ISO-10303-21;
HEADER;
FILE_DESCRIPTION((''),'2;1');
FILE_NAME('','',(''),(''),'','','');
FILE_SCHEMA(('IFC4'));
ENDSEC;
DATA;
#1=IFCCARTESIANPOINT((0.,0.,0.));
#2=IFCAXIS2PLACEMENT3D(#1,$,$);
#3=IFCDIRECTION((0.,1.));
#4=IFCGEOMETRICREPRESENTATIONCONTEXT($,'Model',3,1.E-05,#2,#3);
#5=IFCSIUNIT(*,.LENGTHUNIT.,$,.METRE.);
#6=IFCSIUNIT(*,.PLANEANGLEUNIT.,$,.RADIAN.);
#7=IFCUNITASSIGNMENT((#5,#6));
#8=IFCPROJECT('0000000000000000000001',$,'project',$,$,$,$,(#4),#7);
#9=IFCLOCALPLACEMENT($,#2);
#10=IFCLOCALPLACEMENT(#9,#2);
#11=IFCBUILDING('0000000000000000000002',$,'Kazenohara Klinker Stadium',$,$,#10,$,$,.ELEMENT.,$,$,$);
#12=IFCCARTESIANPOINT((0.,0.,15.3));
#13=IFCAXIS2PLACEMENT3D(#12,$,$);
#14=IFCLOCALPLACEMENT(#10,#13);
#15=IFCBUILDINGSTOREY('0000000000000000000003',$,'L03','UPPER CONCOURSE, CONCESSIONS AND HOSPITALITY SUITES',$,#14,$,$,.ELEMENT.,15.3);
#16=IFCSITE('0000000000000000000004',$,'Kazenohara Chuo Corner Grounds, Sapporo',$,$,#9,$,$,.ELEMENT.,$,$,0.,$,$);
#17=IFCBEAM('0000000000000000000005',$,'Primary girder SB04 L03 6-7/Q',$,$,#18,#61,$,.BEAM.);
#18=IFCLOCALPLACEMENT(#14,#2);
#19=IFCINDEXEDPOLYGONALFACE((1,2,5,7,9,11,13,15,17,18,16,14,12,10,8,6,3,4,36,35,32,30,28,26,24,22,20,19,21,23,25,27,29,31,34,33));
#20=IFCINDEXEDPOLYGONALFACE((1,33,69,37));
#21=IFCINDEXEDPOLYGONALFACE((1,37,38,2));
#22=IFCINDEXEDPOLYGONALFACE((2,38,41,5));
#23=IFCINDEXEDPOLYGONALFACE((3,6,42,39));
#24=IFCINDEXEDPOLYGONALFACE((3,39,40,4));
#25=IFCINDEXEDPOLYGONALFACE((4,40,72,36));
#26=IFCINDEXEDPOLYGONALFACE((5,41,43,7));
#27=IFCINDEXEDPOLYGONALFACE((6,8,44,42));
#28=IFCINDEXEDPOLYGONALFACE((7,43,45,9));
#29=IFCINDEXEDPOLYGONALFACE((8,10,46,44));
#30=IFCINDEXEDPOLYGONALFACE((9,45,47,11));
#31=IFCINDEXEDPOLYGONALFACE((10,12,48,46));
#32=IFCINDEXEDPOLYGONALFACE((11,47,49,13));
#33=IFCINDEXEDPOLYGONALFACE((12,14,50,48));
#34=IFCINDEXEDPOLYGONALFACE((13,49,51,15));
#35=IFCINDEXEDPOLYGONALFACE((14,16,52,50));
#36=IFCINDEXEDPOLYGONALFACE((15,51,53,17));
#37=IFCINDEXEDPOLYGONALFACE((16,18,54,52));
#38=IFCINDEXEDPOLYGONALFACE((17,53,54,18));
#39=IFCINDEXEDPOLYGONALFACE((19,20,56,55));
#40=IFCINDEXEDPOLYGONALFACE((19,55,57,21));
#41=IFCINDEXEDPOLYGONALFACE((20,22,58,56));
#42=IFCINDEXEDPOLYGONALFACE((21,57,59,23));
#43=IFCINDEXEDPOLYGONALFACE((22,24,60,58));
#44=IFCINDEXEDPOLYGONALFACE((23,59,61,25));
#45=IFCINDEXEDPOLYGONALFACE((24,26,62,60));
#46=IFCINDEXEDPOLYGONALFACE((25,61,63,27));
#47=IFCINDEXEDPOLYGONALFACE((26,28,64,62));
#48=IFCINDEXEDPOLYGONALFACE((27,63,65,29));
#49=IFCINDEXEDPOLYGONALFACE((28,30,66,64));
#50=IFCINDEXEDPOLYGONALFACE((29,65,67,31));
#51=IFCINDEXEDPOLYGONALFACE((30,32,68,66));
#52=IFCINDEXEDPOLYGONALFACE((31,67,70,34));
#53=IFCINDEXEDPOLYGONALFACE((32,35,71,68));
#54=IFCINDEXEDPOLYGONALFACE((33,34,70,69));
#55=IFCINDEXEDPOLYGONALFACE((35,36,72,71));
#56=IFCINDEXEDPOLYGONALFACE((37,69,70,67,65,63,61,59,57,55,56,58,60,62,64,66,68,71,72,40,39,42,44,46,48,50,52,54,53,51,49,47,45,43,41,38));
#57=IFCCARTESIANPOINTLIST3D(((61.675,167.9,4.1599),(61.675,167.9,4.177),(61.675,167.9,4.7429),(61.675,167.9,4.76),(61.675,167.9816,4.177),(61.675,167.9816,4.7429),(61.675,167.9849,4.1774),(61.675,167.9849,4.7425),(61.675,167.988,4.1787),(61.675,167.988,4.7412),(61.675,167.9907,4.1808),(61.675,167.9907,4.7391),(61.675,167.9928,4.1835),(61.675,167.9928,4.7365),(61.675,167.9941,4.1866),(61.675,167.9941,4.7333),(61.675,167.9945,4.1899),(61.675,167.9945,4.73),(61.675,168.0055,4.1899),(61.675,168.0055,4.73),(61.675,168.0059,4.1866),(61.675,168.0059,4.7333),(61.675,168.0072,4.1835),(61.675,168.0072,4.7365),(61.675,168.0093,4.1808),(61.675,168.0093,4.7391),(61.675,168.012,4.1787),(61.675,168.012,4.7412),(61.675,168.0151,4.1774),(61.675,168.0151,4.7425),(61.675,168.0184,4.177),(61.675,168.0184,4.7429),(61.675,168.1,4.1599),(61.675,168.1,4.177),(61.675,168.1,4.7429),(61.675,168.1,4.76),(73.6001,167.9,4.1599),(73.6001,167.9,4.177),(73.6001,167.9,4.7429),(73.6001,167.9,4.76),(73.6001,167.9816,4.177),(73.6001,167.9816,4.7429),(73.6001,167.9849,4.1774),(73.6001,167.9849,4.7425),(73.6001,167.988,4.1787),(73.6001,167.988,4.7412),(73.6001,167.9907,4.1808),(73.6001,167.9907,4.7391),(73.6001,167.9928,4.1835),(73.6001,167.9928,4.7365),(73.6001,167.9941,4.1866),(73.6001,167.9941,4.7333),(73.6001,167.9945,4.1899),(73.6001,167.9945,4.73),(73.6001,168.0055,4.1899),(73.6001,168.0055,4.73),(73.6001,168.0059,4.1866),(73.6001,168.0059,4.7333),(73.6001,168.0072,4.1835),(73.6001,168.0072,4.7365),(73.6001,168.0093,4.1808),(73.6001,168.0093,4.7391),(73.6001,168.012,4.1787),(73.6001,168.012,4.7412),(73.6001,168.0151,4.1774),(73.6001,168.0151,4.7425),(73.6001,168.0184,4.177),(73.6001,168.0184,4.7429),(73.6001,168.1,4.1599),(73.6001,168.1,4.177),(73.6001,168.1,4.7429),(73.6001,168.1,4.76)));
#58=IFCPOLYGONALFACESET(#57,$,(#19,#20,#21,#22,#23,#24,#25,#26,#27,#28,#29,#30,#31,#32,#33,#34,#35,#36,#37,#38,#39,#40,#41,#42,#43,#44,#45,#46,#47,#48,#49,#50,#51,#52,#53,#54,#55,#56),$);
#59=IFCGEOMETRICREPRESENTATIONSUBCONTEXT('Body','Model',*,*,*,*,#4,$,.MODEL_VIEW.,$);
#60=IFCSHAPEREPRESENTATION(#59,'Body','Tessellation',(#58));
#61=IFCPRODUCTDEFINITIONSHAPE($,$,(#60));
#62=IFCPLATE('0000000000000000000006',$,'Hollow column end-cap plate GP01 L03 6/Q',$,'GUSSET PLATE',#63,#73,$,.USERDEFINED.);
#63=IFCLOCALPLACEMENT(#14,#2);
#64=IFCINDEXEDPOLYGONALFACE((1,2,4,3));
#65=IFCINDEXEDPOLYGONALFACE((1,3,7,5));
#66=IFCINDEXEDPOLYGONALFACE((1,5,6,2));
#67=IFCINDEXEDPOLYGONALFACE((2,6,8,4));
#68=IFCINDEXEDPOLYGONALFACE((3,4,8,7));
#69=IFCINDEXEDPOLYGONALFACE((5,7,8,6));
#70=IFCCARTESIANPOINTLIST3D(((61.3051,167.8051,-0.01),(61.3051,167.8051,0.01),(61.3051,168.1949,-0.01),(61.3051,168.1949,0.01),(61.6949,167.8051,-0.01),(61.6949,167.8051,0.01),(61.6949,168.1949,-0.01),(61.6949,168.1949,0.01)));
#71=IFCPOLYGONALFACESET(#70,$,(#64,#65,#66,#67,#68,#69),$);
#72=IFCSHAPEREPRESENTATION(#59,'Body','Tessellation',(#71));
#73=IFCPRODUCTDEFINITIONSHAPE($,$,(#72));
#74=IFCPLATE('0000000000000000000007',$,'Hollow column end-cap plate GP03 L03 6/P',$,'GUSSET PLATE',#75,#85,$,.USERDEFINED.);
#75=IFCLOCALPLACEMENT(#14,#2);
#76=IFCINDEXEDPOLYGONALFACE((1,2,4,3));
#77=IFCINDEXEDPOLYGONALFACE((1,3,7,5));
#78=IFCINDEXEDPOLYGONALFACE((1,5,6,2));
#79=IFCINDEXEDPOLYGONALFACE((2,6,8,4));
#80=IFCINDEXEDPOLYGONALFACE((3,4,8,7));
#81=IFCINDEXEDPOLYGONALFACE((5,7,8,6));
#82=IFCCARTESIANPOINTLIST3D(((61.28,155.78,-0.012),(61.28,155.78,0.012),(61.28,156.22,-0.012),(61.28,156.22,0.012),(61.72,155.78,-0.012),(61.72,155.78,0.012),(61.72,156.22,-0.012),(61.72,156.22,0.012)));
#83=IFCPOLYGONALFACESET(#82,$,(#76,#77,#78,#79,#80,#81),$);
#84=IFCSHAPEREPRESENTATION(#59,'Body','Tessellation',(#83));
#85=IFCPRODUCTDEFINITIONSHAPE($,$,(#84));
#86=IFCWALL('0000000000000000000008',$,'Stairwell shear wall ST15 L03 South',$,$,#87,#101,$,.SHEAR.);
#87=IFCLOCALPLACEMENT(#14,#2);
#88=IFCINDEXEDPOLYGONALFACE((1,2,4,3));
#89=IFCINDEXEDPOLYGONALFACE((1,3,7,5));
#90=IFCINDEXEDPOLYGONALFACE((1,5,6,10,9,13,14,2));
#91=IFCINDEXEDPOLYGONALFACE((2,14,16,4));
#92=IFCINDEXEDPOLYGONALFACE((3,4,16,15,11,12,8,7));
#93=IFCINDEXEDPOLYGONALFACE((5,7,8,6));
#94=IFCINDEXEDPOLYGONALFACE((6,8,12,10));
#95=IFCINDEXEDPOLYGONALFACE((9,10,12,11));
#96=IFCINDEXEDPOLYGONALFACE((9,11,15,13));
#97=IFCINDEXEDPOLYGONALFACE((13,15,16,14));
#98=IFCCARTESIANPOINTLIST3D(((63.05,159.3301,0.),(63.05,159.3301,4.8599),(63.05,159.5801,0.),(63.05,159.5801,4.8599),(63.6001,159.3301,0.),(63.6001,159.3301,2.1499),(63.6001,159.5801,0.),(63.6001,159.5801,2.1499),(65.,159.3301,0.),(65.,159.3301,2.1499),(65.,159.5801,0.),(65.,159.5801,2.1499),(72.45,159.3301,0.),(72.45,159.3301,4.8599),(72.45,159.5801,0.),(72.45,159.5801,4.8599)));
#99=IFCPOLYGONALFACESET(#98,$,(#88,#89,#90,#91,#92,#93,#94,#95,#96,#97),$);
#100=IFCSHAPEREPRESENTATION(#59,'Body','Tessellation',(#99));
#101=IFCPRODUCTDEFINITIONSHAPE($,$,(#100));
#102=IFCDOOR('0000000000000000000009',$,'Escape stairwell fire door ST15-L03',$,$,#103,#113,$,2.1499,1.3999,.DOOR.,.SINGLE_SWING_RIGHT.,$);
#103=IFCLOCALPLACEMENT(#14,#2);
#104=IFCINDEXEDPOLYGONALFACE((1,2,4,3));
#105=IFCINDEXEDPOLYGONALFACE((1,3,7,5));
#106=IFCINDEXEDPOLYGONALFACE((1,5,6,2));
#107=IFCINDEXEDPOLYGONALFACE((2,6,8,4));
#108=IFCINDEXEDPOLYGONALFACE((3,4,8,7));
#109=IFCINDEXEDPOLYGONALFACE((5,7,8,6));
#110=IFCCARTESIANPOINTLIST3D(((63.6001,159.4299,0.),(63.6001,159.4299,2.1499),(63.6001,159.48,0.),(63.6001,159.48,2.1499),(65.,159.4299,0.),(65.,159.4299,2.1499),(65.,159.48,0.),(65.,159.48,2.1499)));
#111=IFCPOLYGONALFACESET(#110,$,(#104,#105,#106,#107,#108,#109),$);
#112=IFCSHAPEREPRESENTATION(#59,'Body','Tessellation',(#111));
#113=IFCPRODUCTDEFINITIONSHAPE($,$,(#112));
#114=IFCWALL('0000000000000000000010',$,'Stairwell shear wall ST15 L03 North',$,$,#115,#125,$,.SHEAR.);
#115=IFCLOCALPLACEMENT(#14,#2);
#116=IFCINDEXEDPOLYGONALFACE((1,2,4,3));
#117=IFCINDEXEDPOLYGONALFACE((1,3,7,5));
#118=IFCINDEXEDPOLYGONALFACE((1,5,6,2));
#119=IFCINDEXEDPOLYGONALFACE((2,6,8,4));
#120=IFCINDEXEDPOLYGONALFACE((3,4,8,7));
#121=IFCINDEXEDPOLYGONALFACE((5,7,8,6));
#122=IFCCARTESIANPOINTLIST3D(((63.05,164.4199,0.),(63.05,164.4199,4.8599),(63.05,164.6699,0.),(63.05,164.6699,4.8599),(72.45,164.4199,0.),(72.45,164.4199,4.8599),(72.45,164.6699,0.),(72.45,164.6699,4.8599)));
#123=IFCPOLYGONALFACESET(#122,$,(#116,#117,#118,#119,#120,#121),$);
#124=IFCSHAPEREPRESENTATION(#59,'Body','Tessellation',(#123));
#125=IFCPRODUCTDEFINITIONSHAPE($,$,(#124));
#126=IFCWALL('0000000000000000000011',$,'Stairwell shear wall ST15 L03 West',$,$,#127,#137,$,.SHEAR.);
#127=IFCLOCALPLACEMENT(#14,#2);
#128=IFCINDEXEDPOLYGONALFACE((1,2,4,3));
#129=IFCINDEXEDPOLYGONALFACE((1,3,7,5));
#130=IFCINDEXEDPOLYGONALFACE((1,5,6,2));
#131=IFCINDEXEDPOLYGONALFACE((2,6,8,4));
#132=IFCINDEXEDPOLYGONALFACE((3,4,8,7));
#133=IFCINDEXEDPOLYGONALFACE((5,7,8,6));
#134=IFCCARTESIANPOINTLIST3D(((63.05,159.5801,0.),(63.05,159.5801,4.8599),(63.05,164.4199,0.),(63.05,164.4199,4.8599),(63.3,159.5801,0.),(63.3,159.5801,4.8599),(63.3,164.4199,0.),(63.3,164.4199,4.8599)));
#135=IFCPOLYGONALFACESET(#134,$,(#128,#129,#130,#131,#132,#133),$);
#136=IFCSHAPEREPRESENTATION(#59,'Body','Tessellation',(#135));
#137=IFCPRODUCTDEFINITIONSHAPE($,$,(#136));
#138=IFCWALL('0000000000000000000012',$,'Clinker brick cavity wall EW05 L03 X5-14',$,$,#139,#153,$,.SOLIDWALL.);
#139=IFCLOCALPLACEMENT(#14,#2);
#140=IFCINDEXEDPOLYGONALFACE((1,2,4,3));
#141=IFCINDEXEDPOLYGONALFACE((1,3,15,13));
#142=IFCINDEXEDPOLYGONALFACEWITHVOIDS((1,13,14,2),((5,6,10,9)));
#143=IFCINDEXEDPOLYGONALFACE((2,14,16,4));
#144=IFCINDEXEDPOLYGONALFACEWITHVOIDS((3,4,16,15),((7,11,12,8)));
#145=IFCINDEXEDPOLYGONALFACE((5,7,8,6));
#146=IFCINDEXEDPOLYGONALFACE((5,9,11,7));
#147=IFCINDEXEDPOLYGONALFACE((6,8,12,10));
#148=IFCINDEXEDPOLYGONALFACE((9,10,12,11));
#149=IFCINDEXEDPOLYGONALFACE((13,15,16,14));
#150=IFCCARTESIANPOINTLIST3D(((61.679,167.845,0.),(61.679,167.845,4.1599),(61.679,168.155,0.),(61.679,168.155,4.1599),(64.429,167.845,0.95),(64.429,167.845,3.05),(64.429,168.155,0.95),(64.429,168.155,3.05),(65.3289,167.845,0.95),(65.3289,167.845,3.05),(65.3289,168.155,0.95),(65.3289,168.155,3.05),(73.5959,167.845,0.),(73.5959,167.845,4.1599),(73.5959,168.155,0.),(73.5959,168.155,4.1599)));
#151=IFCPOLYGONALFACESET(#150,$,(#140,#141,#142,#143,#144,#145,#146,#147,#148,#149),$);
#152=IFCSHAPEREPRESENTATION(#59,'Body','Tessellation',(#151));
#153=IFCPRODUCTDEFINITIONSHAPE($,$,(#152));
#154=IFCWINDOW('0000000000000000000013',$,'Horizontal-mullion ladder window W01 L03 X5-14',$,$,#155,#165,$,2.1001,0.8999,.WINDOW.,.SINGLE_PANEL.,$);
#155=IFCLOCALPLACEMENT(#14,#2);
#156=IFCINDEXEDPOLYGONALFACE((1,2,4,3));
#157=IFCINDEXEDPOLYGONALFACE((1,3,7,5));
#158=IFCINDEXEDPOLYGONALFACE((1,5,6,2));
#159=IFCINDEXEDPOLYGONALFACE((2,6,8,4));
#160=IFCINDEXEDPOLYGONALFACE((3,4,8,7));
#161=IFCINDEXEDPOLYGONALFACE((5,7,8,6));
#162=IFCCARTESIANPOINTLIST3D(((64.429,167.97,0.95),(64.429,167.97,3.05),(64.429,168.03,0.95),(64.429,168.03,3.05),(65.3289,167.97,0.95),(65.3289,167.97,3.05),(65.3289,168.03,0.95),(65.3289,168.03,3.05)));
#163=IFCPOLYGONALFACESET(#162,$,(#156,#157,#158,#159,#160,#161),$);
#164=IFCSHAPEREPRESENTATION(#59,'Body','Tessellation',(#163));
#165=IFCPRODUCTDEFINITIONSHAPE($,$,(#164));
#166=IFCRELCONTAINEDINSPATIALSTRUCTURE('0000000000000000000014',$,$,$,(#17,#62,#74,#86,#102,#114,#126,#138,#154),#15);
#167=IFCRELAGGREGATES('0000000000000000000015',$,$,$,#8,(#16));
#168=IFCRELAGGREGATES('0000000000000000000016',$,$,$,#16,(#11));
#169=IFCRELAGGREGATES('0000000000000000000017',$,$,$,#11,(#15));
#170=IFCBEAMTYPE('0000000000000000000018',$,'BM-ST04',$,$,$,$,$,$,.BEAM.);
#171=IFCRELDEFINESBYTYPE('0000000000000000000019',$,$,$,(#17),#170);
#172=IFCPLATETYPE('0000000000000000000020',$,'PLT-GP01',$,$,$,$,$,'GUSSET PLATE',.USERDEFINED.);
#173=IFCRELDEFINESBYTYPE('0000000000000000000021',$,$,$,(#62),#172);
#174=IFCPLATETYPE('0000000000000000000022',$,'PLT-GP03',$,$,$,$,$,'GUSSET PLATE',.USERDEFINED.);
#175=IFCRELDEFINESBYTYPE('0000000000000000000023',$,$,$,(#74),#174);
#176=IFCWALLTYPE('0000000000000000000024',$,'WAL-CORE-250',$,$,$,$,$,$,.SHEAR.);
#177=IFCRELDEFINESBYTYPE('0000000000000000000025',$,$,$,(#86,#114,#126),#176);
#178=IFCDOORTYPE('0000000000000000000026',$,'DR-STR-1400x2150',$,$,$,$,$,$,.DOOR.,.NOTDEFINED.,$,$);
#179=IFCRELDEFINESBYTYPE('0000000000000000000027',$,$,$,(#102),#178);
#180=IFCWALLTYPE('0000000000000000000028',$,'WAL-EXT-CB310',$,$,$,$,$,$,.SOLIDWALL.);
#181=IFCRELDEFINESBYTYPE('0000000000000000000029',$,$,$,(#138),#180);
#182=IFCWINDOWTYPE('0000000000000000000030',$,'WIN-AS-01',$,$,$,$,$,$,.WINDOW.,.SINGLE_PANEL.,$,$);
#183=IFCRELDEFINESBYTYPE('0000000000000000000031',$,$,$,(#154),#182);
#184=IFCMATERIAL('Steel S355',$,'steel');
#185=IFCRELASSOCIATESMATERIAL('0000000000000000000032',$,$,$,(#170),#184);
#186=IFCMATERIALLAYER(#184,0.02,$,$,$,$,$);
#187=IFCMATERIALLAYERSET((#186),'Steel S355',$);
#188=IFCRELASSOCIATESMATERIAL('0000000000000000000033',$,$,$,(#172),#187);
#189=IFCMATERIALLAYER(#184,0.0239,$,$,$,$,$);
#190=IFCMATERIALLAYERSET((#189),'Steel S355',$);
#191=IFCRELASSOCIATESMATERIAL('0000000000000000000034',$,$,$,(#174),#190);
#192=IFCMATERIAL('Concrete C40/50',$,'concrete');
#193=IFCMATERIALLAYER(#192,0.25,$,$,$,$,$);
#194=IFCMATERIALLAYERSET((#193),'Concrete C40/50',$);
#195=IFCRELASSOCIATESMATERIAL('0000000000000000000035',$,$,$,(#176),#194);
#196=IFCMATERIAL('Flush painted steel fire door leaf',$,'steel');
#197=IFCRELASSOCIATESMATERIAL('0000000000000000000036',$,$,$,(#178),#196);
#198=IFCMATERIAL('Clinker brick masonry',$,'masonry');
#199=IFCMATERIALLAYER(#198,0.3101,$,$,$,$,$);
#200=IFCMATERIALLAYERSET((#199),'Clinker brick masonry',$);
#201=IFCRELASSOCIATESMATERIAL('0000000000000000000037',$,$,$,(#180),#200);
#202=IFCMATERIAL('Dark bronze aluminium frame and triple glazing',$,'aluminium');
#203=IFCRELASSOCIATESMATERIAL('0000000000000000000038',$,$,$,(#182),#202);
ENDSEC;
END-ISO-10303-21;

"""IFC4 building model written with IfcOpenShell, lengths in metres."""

from ifc_helpers import new_model, si_unit, direction, frame, frame_2d, origin, origin_2d, place, context, subcontext, project, spatial, rectangle, i_section, extrude, material, layer, layer_set, material_profile, profile_set, type_object, element, fill, save


model = new_model("IFC4")

# Units and contexts
model_context = context("Model", 3, precision=1e-05, world=origin(), true_north=direction((0.0, 1.0)))
body_context = subcontext(model_context, "Body", "Model", "MODEL_VIEW")
ifc_project = project(units=[si_unit("LENGTHUNIT", "METRE"), si_unit("PLANEANGLEUNIT", "RADIAN")], contexts=[model_context])

# Site, building, storey
site_placement = place(None, origin())
site = spatial("IfcSite", under=ifc_project, at=site_placement, Name="Kazenohara Chuo Corner Grounds, Sapporo", CompositionType="ELEMENT", RefElevation=0.0)
building_placement = place(site_placement, origin())
building = spatial("IfcBuilding", under=site, at=building_placement, Name="Kazenohara Klinker Stadium", CompositionType="ELEMENT")
storey_placement = place(building_placement, frame((0.0, 0.0, 15.3)))
storey = spatial("IfcBuildingStorey", under=building, at=storey_placement, Name="L03", Description="UPPER CONCOURSE, CONCESSIONS AND HOSPITALITY SUITES", CompositionType="ELEMENT", Elevation=15.3)

# Shared definitions
ifc_material_1 = material(Name="Steel S355", Category="steel")
ifc_material_2 = material(Name="Concrete C40/50", Category="concrete")

# Beam
ifc_material_profile_1 = material_profile(ifc_material_1, i_section(OverallWidth=0.2, OverallDepth=0.6001, WebThickness=0.011, FlangeThickness=0.0171, FilletRadius=0.0129, at=origin_2d()), Name="H-600x200x11x17")
ifc_profile_set_1 = profile_set([ifc_material_profile_1], Name="Steel S355")
beam_type_1 = type_object("IfcBeamType", Name="BM-ST04", PredefinedType="BEAM", material=ifc_profile_set_1)
beam_1_placement = place(storey_placement, frame((61.675, 168.0, 4.46), z_axis=(1.0, 0.0, 0.0), x_axis=(0.0, 1.0, 0.0)))
element("IfcBeam", 1, at=beam_1_placement, inside=storey, type_object=beam_type_1, Name="Primary girder SB04 L03 6-7/Q", PredefinedType="BEAM", context=body_context, shape_type="SweptSolid", body=[
    extrude(i_section(OverallWidth=0.2, OverallDepth=0.6001, WebThickness=0.011, FlangeThickness=0.0171, FilletRadius=0.0129, at=origin_2d()), origin(), (0.0, 0.0, 1.0), 11.925),
])

# Plates
ifc_layer_1 = layer(ifc_material_1, 0.02)
ifc_layer_set_1 = layer_set([ifc_layer_1], Name="Steel S355")
plate_type_1 = type_object("IfcPlateType", Name="PLT-GP01", ElementType="GUSSET PLATE", PredefinedType="USERDEFINED", material=ifc_layer_set_1)
plate_1_placement = place(storey_placement, frame((61.5, 168.0, -0.01), z_axis=(0.0, 0.0, 1.0), x_axis=(1.0, 0.0, 0.0)))
element("IfcPlate", 2, at=plate_1_placement, inside=storey, type_object=plate_type_1, Name="Hollow column end-cap plate GP01 L03 6/Q", ObjectType="GUSSET PLATE", PredefinedType="USERDEFINED", context=body_context, shape_type="SweptSolid", body=[
    extrude(rectangle(XDim=0.3899, YDim=0.3899, at=origin_2d()), origin(), (0.0, 0.0, 1.0), 0.02),
])
ifc_layer_2 = layer(ifc_material_1, 0.0239)
ifc_layer_set_2 = layer_set([ifc_layer_2], Name="Steel S355")
plate_type_2 = type_object("IfcPlateType", Name="PLT-GP03", ElementType="GUSSET PLATE", PredefinedType="USERDEFINED", material=ifc_layer_set_2)
plate_2_placement = place(storey_placement, frame((61.5, 156.0, -0.012), z_axis=(0.0, 0.0, 1.0), x_axis=(1.0, 0.0, 0.0)))
element("IfcPlate", 3, at=plate_2_placement, inside=storey, type_object=plate_type_2, Name="Hollow column end-cap plate GP03 L03 6/P", ObjectType="GUSSET PLATE", PredefinedType="USERDEFINED", context=body_context, shape_type="SweptSolid", body=[
    extrude(rectangle(XDim=0.4399, YDim=0.4399, at=origin_2d()), origin(), (0.0, 0.0, 1.0), 0.0239),
])

# Wall, opening, door
ifc_layer_3 = layer(ifc_material_2, 0.25)
ifc_layer_set_3 = layer_set([ifc_layer_3], Name="Concrete C40/50")
wall_type_1 = type_object("IfcWallType", Name="WAL-CORE-250", PredefinedType="SHEAR", material=ifc_layer_set_3)
wall_1_placement = place(storey_placement, frame((63.05, 159.4551, 0.0), z_axis=(0.0, 0.0, 1.0), x_axis=(1.0, 0.0, 0.0)))
wall_1 = element("IfcWall", 4, at=wall_1_placement, inside=storey, type_object=wall_type_1, Name="Stairwell shear wall ST15 L03 South", PredefinedType="SHEAR", context=body_context, shape_type="SweptSolid", body=[
    extrude(rectangle(XDim=9.3999, YDim=0.25, at=frame_2d((4.7, 0.0))), origin(), (0.0, 0.0, 1.0), 4.8599),
])
opening_1_placement = place(wall_1_placement, frame((0.55, 0.0, 0.0)))
opening_1 = element("IfcOpeningElement", 5, at=opening_1_placement, cuts=wall_1, PredefinedType="OPENING", context=body_context, shape_type="SweptSolid", body=[
    extrude(rectangle(XDim=1.3999, YDim=2.1499, at=frame_2d((0.7, 1.075))), frame((0.0, 0.135, 0.0), z_axis=(0.0, -1.0, 0.0), x_axis=(1.0, 0.0, 0.0)), (0.0, 0.0, 1.0), 0.27),
])
ifc_material_3 = material(Name="Flush painted steel fire door leaf", Category="steel")
door_type = type_object("IfcDoorType", Name="DR-STR-1400x2150", OperationType="NOTDEFINED", PredefinedType="DOOR", material=ifc_material_3)
door_placement = place(opening_1_placement, origin())
door = element("IfcDoor", 6, at=door_placement, inside=storey, type_object=door_type, Name="Escape stairwell fire door ST15-L03", OperationType="SINGLE_SWING_RIGHT", OverallHeight=2.1499, OverallWidth=1.3999, PredefinedType="DOOR", context=body_context, shape_type="SweptSolid", body=[
    extrude(rectangle(XDim=1.3999, YDim=2.1499, at=frame_2d((0.7, 1.075))), frame((0.0, 0.0249, 0.0), z_axis=(0.0, -1.0, 0.0), x_axis=(1.0, 0.0, 0.0)), (0.0, 0.0, 1.0), 0.05),
])
fill(opening_1, door)

# Walls
wall_2_placement = place(storey_placement, frame((63.05, 164.5449, 0.0), z_axis=(0.0, 0.0, 1.0), x_axis=(1.0, 0.0, 0.0)))
element("IfcWall", 7, at=wall_2_placement, inside=storey, type_object=wall_type_1, Name="Stairwell shear wall ST15 L03 North", PredefinedType="SHEAR", context=body_context, shape_type="SweptSolid", body=[
    extrude(rectangle(XDim=9.3999, YDim=0.25, at=frame_2d((4.7, 0.0))), origin(), (0.0, 0.0, 1.0), 4.8599),
])
wall_3_placement = place(storey_placement, frame((63.175, 159.5801, 0.0), z_axis=(0.0, 0.0, 1.0), x_axis=(0.0, 1.0, 0.0)))
element("IfcWall", 8, at=wall_3_placement, inside=storey, type_object=wall_type_1, Name="Stairwell shear wall ST15 L03 West", PredefinedType="SHEAR", context=body_context, shape_type="SweptSolid", body=[
    extrude(rectangle(XDim=4.8398, YDim=0.25, at=frame_2d((2.4199, 0.0))), origin(), (0.0, 0.0, 1.0), 4.8599),
])

# Wall, opening, window
ifc_material_4 = material(Name="Clinker brick masonry", Category="masonry")
ifc_layer_4 = layer(ifc_material_4, 0.3101)
ifc_layer_set_4 = layer_set([ifc_layer_4], Name="Clinker brick masonry")
wall_type_2 = type_object("IfcWallType", Name="WAL-EXT-CB310", PredefinedType="SOLIDWALL", material=ifc_layer_set_4)
wall_4_placement = place(storey_placement, frame((61.679, 168.0, 0.0), z_axis=(0.0, 0.0, 1.0), x_axis=(1.0, 0.0, 0.0)))
wall_4 = element("IfcWall", 9, at=wall_4_placement, inside=storey, type_object=wall_type_2, Name="Clinker brick cavity wall EW05 L03 X5-14", PredefinedType="SOLIDWALL", context=body_context, shape_type="SweptSolid", body=[
    extrude(rectangle(XDim=11.917, YDim=0.3101, at=frame_2d((5.9585, 0.0))), origin(), (0.0, 0.0, 1.0), 4.1599),
])
opening_2_placement = place(wall_4_placement, frame((2.75, 0.0, 0.95)))
opening_2 = element("IfcOpeningElement", 10, at=opening_2_placement, cuts=wall_4, PredefinedType="OPENING", context=body_context, shape_type="SweptSolid", body=[
    extrude(rectangle(XDim=0.8999, YDim=2.1001, at=frame_2d((0.45, 1.05))), frame((0.0, 0.165, 0.0), z_axis=(0.0, -1.0, 0.0), x_axis=(1.0, 0.0, 0.0)), (0.0, 0.0, 1.0), 0.3301),
])
ifc_material_5 = material(Name="Dark bronze aluminium frame and triple glazing", Category="aluminium")
window_type = type_object("IfcWindowType", Name="WIN-AS-01", PartitioningType="SINGLE_PANEL", PredefinedType="WINDOW", material=ifc_material_5)
window_placement = place(opening_2_placement, origin())
window = element("IfcWindow", 11, at=window_placement, inside=storey, type_object=window_type, Name="Horizontal-mullion ladder window W01 L03 X5-14", OverallHeight=2.1001, OverallWidth=0.8999, PartitioningType="SINGLE_PANEL", PredefinedType="WINDOW", context=body_context, shape_type="SweptSolid", body=[
    extrude(rectangle(XDim=0.8999, YDim=2.1001, at=frame_2d((0.45, 1.05))), frame((0.0, 0.03, 0.0), z_axis=(0.0, -1.0, 0.0), x_axis=(1.0, 0.0, 0.0)), (0.0, 0.0, 1.0), 0.0601),
])
fill(opening_2, window)

save(model, "model.ifc")
